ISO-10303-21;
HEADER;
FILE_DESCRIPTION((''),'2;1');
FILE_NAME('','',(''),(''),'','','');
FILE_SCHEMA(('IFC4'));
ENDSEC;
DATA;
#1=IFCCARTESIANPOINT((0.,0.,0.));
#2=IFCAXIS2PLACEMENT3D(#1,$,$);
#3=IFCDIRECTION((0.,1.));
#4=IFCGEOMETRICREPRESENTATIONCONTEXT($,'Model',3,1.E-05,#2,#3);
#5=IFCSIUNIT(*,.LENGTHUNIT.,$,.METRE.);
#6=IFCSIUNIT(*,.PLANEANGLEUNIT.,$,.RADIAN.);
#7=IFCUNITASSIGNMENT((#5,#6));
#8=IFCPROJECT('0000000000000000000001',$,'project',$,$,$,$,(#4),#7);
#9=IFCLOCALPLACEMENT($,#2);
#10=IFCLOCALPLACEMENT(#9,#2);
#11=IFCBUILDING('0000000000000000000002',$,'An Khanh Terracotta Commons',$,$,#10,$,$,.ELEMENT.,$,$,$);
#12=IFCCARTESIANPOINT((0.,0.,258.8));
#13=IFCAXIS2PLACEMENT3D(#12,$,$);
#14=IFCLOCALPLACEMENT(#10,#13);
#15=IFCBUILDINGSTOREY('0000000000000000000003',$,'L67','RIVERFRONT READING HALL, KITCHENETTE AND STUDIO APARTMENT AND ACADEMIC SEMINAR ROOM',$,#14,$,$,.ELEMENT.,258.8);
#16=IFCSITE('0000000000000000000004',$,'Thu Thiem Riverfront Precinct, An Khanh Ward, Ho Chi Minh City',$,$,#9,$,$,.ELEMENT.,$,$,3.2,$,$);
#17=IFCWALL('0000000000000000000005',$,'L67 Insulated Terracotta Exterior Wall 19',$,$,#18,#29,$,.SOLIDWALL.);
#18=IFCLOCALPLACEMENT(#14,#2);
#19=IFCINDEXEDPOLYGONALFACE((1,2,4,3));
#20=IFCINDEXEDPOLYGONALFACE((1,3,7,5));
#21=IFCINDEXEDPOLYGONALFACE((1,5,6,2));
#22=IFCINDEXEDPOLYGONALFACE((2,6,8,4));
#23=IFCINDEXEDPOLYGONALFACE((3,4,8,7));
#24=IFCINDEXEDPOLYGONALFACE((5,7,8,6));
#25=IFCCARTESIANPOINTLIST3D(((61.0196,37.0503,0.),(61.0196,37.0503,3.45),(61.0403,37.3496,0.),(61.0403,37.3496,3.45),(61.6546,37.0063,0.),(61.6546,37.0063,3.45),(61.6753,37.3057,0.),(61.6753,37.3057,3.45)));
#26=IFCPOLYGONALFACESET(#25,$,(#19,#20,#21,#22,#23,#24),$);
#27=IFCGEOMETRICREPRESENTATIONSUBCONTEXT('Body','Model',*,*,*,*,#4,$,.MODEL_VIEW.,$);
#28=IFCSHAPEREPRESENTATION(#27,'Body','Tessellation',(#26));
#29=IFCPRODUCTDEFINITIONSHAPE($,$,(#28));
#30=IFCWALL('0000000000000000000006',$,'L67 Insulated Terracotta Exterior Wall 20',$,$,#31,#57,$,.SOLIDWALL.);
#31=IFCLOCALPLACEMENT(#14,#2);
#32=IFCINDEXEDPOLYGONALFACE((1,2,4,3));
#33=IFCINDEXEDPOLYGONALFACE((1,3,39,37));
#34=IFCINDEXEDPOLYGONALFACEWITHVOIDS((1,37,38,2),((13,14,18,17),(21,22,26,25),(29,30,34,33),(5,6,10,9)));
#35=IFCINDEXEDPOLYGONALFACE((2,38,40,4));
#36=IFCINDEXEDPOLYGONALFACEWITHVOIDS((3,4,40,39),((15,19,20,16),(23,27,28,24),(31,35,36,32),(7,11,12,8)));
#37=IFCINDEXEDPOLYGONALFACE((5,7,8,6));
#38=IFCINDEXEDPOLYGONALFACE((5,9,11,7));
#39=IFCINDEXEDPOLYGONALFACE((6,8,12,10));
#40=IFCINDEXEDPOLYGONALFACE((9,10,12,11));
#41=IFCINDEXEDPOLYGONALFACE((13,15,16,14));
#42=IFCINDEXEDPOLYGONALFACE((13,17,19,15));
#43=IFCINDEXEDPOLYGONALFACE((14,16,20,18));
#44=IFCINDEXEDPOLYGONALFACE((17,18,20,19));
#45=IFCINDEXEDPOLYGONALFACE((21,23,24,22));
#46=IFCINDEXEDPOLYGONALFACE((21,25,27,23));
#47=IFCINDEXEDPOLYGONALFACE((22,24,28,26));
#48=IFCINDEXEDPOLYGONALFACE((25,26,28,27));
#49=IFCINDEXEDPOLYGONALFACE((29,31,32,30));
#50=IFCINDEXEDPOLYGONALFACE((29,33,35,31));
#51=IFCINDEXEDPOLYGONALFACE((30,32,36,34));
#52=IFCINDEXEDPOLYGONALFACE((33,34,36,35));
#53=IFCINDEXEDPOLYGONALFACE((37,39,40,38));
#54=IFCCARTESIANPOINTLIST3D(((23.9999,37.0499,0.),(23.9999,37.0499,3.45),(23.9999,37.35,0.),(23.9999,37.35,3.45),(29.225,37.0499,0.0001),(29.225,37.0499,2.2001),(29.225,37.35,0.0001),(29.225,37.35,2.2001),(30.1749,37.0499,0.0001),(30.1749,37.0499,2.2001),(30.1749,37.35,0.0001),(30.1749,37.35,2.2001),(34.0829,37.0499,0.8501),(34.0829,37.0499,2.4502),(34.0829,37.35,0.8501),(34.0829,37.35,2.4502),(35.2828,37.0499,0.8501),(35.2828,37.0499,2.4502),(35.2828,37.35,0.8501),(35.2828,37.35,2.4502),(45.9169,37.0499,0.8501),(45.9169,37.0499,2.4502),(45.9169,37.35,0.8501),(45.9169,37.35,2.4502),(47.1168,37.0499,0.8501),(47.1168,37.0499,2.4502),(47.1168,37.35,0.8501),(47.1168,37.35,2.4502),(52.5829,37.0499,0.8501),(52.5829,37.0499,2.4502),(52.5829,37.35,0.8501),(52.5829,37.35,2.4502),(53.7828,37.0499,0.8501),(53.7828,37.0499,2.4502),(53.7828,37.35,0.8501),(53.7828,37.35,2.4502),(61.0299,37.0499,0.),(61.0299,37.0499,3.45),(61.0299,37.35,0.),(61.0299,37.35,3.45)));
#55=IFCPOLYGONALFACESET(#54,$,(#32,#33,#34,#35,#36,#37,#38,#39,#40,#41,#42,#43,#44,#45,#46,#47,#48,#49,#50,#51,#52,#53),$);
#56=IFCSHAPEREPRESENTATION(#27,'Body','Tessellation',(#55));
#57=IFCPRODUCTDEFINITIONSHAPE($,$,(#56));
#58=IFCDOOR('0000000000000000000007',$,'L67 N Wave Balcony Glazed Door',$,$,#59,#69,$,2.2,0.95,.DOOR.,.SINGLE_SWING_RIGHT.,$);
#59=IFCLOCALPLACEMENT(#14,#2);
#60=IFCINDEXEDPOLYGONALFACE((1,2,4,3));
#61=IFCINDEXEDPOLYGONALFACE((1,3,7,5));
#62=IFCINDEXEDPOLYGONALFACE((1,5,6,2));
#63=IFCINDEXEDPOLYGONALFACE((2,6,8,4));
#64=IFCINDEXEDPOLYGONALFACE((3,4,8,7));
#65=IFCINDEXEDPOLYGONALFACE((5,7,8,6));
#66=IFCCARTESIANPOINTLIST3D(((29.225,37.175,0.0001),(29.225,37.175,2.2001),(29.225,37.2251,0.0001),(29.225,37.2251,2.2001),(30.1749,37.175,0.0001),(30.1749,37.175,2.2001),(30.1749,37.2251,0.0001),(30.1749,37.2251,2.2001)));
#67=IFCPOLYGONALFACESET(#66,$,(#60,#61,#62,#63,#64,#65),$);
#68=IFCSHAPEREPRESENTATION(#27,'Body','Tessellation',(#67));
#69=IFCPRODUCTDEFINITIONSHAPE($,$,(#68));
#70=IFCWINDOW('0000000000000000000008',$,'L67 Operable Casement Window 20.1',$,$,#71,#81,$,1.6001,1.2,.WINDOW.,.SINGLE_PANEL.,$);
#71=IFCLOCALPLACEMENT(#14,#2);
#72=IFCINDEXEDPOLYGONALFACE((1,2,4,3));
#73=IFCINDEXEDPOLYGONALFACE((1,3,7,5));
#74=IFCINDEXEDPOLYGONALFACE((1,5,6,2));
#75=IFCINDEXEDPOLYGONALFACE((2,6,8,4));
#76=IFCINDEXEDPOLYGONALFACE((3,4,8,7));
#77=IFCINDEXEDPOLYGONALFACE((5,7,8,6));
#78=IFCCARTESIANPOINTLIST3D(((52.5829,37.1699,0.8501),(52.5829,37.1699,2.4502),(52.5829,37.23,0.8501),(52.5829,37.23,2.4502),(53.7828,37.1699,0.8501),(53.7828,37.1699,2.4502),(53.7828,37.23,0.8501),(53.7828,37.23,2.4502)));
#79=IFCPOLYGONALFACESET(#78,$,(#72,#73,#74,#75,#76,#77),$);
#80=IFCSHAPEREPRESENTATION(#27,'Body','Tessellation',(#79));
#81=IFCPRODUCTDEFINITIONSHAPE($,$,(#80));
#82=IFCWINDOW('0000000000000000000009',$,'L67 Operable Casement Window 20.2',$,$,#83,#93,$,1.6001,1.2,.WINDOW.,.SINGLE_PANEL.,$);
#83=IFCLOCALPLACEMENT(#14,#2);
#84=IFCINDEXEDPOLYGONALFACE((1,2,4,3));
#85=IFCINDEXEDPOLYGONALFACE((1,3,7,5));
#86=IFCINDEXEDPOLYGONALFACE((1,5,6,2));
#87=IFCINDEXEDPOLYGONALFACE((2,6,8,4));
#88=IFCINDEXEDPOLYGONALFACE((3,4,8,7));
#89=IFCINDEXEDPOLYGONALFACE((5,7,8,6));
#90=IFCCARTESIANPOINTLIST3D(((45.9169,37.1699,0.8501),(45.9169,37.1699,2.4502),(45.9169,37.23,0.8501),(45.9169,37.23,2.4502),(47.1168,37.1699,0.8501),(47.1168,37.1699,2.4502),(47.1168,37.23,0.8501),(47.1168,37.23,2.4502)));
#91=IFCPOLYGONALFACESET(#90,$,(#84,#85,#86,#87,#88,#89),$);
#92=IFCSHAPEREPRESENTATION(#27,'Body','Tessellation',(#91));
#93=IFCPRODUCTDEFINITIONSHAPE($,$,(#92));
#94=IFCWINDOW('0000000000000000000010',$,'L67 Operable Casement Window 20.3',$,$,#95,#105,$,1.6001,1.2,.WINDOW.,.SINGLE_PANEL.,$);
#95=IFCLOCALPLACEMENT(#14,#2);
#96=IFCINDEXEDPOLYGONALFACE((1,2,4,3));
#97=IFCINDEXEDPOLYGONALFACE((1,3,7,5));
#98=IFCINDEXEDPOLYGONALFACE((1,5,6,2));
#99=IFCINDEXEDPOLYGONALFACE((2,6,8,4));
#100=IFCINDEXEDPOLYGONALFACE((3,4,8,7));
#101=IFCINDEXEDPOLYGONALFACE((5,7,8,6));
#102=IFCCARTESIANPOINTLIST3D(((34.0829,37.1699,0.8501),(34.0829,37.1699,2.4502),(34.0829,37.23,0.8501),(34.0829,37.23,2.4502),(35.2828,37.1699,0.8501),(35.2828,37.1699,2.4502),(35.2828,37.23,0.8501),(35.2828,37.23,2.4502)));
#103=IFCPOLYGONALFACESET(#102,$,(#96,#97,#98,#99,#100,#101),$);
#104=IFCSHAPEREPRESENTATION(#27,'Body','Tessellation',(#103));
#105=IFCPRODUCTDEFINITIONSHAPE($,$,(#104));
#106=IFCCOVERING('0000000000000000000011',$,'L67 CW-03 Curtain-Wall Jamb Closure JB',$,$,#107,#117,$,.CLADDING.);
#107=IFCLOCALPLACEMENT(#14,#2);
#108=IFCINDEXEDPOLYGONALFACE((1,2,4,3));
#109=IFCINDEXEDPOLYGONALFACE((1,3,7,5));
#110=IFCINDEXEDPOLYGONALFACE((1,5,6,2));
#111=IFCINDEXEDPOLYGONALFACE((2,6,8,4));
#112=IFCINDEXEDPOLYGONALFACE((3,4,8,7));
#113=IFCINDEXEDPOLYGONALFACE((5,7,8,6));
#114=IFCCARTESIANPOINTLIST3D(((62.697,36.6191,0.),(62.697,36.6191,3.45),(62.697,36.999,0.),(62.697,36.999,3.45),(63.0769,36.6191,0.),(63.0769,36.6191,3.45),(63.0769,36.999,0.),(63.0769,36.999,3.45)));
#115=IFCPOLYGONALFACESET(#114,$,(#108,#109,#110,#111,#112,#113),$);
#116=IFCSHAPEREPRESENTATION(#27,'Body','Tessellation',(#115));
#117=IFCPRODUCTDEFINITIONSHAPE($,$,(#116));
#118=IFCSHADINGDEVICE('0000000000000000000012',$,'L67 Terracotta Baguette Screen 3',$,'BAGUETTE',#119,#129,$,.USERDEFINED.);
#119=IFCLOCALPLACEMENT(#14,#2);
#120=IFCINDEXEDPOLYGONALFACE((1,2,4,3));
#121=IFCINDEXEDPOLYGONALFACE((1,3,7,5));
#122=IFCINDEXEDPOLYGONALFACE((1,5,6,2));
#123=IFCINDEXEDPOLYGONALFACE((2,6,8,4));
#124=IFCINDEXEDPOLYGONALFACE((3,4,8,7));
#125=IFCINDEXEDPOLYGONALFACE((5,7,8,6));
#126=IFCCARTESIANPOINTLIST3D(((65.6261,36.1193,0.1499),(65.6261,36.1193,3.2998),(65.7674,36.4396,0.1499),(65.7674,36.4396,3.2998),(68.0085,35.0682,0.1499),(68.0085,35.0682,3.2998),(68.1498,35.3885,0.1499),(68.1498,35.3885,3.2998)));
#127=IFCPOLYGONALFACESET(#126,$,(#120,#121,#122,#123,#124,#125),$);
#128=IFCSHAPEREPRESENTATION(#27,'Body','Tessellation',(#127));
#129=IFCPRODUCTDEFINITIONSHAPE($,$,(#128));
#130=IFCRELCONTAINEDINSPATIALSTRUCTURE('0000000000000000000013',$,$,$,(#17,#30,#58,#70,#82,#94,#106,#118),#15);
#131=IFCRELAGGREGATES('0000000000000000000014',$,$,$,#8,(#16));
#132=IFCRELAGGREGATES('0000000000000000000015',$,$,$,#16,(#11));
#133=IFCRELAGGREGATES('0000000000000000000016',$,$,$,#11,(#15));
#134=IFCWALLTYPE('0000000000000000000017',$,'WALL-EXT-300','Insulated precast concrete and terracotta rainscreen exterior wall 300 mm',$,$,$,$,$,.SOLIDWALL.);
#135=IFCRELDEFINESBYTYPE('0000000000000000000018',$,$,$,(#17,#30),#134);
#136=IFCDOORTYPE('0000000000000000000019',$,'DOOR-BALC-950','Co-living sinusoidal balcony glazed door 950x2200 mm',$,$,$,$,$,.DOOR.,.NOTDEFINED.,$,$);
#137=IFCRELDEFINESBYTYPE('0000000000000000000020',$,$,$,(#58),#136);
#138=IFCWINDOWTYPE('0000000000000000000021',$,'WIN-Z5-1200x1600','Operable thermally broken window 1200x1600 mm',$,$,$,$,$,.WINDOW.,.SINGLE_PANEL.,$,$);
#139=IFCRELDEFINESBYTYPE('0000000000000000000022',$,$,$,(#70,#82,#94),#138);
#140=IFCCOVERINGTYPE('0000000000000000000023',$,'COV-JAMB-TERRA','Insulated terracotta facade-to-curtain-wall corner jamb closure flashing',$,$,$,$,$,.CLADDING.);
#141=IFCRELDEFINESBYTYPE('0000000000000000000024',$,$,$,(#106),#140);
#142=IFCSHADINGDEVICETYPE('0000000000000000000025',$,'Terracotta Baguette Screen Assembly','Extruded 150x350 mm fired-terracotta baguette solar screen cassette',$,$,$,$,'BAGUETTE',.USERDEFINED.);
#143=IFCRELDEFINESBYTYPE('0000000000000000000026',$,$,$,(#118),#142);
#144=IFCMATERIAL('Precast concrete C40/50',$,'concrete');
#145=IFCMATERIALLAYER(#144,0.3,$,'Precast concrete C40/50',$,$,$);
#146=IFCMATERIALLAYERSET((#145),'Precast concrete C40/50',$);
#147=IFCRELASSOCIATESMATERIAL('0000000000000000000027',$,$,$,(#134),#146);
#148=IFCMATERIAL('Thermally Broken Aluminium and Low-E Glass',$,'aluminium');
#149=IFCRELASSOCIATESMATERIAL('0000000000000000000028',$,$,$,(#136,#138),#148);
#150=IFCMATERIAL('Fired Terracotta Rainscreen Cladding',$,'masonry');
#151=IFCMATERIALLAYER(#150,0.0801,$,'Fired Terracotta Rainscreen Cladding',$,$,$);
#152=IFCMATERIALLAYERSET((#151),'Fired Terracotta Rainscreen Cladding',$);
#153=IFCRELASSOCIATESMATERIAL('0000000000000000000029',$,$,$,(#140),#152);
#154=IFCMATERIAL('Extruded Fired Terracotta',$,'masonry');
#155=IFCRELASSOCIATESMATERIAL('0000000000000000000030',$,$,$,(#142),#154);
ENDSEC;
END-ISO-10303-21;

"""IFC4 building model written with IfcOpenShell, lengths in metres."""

from ifc_helpers import new_model, si_unit, direction, frame, frame_2d, origin, origin_2d, place, context, subcontext, project, spatial, rectangle, extrude, material, layer, layer_set, type_object, element, fill, save


model = new_model("IFC4")

# Units and contexts
model_context = context("Model", 3, precision=1e-05, world=origin(), true_north=direction((0.0, 1.0)))
body_context = subcontext(model_context, "Body", "Model", "MODEL_VIEW")
ifc_project = project(units=[si_unit("LENGTHUNIT", "METRE"), si_unit("PLANEANGLEUNIT", "RADIAN")], contexts=[model_context])

# Site, building, storey
site_placement = place(None, origin())
site = spatial("IfcSite", under=ifc_project, at=site_placement, Name="Thu Thiem Riverfront Precinct, An Khanh Ward, Ho Chi Minh City", CompositionType="ELEMENT", RefElevation=3.2)
building_placement = place(site_placement, origin())
building = spatial("IfcBuilding", under=site, at=building_placement, Name="An Khanh Terracotta Commons", CompositionType="ELEMENT")
storey_placement = place(building_placement, frame((0.0, 0.0, 258.8)))
storey = spatial("IfcBuildingStorey", under=building, at=storey_placement, Name="L67", Description="RIVERFRONT READING HALL, KITCHENETTE AND STUDIO APARTMENT AND ACADEMIC SEMINAR ROOM", CompositionType="ELEMENT", Elevation=258.8)

# Wall
ifc_material_1 = material(Name="Precast concrete C40/50", Category="concrete")
ifc_layer_1 = layer(ifc_material_1, 0.3, Name="Precast concrete C40/50")
ifc_layer_set_1 = layer_set([ifc_layer_1], Name="Precast concrete C40/50")
wall_type = type_object("IfcWallType", Name="WALL-EXT-300", Description="Insulated precast concrete and terracotta rainscreen exterior wall 300 mm", PredefinedType="SOLIDWALL", material=ifc_layer_set_1)
wall_1_placement = place(storey_placement, frame((61.665, 37.156, 0.0), z_axis=(0.0, 0.0, 1.0), x_axis=(-0.997614, 0.069039, 0.0)))
element("IfcWall", 1, at=wall_1_placement, inside=storey, type_object=wall_type, Name="L67 Insulated Terracotta Exterior Wall 19", PredefinedType="SOLIDWALL", context=body_context, shape_type="SweptSolid", body=[
    extrude(rectangle(XDim=0.6365, YDim=0.3, at=frame_2d((0.3184, 0.0))), origin(), (0.0, 0.0, 1.0), 3.45),
])

# Wall, openings, door, windows
wall_2_placement = place(storey_placement, frame((61.03, 37.2, 0.0), z_axis=(0.0, 0.0, 1.0), x_axis=(-1.0, 0.0, 0.0)))
wall_2 = element("IfcWall", 2, at=wall_2_placement, inside=storey, type_object=wall_type, Name="L67 Insulated Terracotta Exterior Wall 20", PredefinedType="SOLIDWALL", context=body_context, shape_type="SweptSolid", body=[
    extrude(rectangle(XDim=37.03, YDim=0.3, at=frame_2d((18.5151, 0.0))), origin(), (0.0, 0.0, 1.0), 3.45),
])
opening_1_placement = place(wall_2_placement, frame((30.855, 0.0, 0.0)))
opening_1 = element("IfcOpeningElement", 3, at=opening_1_placement, cuts=wall_2, PredefinedType="OPENING", context=body_context, shape_type="SweptSolid", body=[
    extrude(rectangle(XDim=0.95, YDim=2.2, at=frame_2d((0.4751, 1.1001))), frame((0.0, 0.1599, 0.0), z_axis=(0.0, -1.0, 0.0), x_axis=(1.0, 0.0, 0.0)), (0.0, 0.0, 1.0), 0.3201),
])
opening_2_placement = place(wall_2_placement, frame((7.2471, 0.0, 0.8501)))
opening_2 = element("IfcOpeningElement", 4, at=opening_2_placement, cuts=wall_2, PredefinedType="OPENING", context=body_context, shape_type="SweptSolid", body=[
    extrude(rectangle(XDim=1.2, YDim=1.6001, at=frame_2d((0.6001, 0.8))), frame((0.0, 0.1599, 0.0), z_axis=(0.0, -1.0, 0.0), x_axis=(1.0, 0.0, 0.0)), (0.0, 0.0, 1.0), 0.3201),
])
opening_3_placement = place(wall_2_placement, frame((13.9131, 0.0, 0.8501)))
opening_3 = element("IfcOpeningElement", 5, at=opening_3_placement, cuts=wall_2, PredefinedType="OPENING", context=body_context, shape_type="SweptSolid", body=[
    extrude(rectangle(XDim=1.2, YDim=1.6001, at=frame_2d((0.6001, 0.8))), frame((0.0, 0.1599, 0.0), z_axis=(0.0, -1.0, 0.0), x_axis=(1.0, 0.0, 0.0)), (0.0, 0.0, 1.0), 0.3201),
])
opening_4_placement = place(wall_2_placement, frame((25.7471, 0.0, 0.8501)))
opening_4 = element("IfcOpeningElement", 6, at=opening_4_placement, cuts=wall_2, PredefinedType="OPENING", context=body_context, shape_type="SweptSolid", body=[
    extrude(rectangle(XDim=1.2, YDim=1.6001, at=frame_2d((0.6001, 0.8))), frame((0.0, 0.1599, 0.0), z_axis=(0.0, -1.0, 0.0), x_axis=(1.0, 0.0, 0.0)), (0.0, 0.0, 1.0), 0.3201),
])
ifc_material_2 = material(Name="Thermally Broken Aluminium and Low-E Glass", Category="aluminium")
door_type = type_object("IfcDoorType", Name="DOOR-BALC-950", Description="Co-living sinusoidal balcony glazed door 950x2200 mm", OperationType="NOTDEFINED", PredefinedType="DOOR", material=ifc_material_2)
door_placement = place(opening_1_placement, origin())
door = element("IfcDoor", 7, at=door_placement, inside=storey, type_object=door_type, Name="L67 N Wave Balcony Glazed Door", OperationType="SINGLE_SWING_RIGHT", OverallHeight=2.2, OverallWidth=0.95, PredefinedType="DOOR", context=body_context, shape_type="SweptSolid", body=[
    extrude(rectangle(XDim=0.95, YDim=2.2, at=frame_2d((0.4751, 1.1001))), frame((0.0, 0.0249, 0.0), z_axis=(0.0, -1.0, 0.0), x_axis=(1.0, 0.0, 0.0)), (0.0, 0.0, 1.0), 0.05),
])
fill(opening_1, door)
window_type = type_object("IfcWindowType", Name="WIN-Z5-1200x1600", Description="Operable thermally broken window 1200x1600 mm", PartitioningType="SINGLE_PANEL", PredefinedType="WINDOW", material=ifc_material_2)
window_1_placement = place(opening_2_placement, origin())
window_1 = element("IfcWindow", 8, at=window_1_placement, inside=storey, type_object=window_type, Name="L67 Operable Casement Window 20.1", OverallHeight=1.6001, OverallWidth=1.2, PartitioningType="SINGLE_PANEL", PredefinedType="WINDOW", context=body_context, shape_type="SweptSolid", body=[
    extrude(rectangle(XDim=1.2, YDim=1.6001, at=frame_2d((0.6001, 0.8))), frame((0.0, 0.03, 0.0), z_axis=(0.0, -1.0, 0.0), x_axis=(1.0, 0.0, 0.0)), (0.0, 0.0, 1.0), 0.0601),
])
fill(opening_2, window_1)
window_2_placement = place(opening_3_placement, origin())
window_2 = element("IfcWindow", 9, at=window_2_placement, inside=storey, type_object=window_type, Name="L67 Operable Casement Window 20.2", OverallHeight=1.6001, OverallWidth=1.2, PartitioningType="SINGLE_PANEL", PredefinedType="WINDOW", context=body_context, shape_type="SweptSolid", body=[
    extrude(rectangle(XDim=1.2, YDim=1.6001, at=frame_2d((0.6001, 0.8))), frame((0.0, 0.03, 0.0), z_axis=(0.0, -1.0, 0.0), x_axis=(1.0, 0.0, 0.0)), (0.0, 0.0, 1.0), 0.0601),
])
fill(opening_3, window_2)
window_3_placement = place(opening_4_placement, origin())
window_3 = element("IfcWindow", 10, at=window_3_placement, inside=storey, type_object=window_type, Name="L67 Operable Casement Window 20.3", OverallHeight=1.6001, OverallWidth=1.2, PartitioningType="SINGLE_PANEL", PredefinedType="WINDOW", context=body_context, shape_type="SweptSolid", body=[
    extrude(rectangle(XDim=1.2, YDim=1.6001, at=frame_2d((0.6001, 0.8))), frame((0.0, 0.03, 0.0), z_axis=(0.0, -1.0, 0.0), x_axis=(1.0, 0.0, 0.0)), (0.0, 0.0, 1.0), 0.0601),
])
fill(opening_4, window_3)

# Covering
ifc_material_3 = material(Name="Fired Terracotta Rainscreen Cladding", Category="masonry")
ifc_layer_2 = layer(ifc_material_3, 0.0801, Name="Fired Terracotta Rainscreen Cladding")
ifc_layer_set_2 = layer_set([ifc_layer_2], Name="Fired Terracotta Rainscreen Cladding")
covering_type = type_object("IfcCoveringType", Name="COV-JAMB-TERRA", Description="Insulated terracotta facade-to-curtain-wall corner jamb closure flashing", PredefinedType="CLADDING", material=ifc_layer_set_2)
covering_placement = place(storey_placement, frame((62.887, 36.8091, 0.0), z_axis=(0.0, 0.0, 1.0), x_axis=(1.0, 0.0, 0.0)))
element("IfcCovering", 11, at=covering_placement, inside=storey, type_object=covering_type, Name="L67 CW-03 Curtain-Wall Jamb Closure JB", PredefinedType="CLADDING", context=body_context, shape_type="SweptSolid", body=[
    extrude(rectangle(XDim=0.3799, YDim=0.3799, at=origin_2d()), origin(), (0.0, 0.0, 1.0), 3.45),
])

# Shading device
ifc_material_4 = material(Name="Extruded Fired Terracotta", Category="masonry")
shading_device_type = type_object("IfcShadingDeviceType", Name="Terracotta Baguette Screen Assembly", Description="Extruded 150x350 mm fired-terracotta baguette solar screen cassette", ElementType="BAGUETTE", PredefinedType="USERDEFINED", material=ifc_material_4)
shading_device_placement = place(storey_placement, frame((66.8879, 35.7539, 0.1499), z_axis=(0.0, 0.0, 1.0), x_axis=(-0.914902, 0.403676, 0.0)))
element("IfcShadingDevice", 12, at=shading_device_placement, inside=storey, type_object=shading_device_type, Name="L67 Terracotta Baguette Screen 3", ObjectType="BAGUETTE", PredefinedType="USERDEFINED", context=body_context, shape_type="SweptSolid", body=[
    extrude(rectangle(XDim=2.604, YDim=0.3501, at=origin_2d()), origin(), (0.0, 0.0, 1.0), 3.1499),
])

save(model, "model.ifc")
